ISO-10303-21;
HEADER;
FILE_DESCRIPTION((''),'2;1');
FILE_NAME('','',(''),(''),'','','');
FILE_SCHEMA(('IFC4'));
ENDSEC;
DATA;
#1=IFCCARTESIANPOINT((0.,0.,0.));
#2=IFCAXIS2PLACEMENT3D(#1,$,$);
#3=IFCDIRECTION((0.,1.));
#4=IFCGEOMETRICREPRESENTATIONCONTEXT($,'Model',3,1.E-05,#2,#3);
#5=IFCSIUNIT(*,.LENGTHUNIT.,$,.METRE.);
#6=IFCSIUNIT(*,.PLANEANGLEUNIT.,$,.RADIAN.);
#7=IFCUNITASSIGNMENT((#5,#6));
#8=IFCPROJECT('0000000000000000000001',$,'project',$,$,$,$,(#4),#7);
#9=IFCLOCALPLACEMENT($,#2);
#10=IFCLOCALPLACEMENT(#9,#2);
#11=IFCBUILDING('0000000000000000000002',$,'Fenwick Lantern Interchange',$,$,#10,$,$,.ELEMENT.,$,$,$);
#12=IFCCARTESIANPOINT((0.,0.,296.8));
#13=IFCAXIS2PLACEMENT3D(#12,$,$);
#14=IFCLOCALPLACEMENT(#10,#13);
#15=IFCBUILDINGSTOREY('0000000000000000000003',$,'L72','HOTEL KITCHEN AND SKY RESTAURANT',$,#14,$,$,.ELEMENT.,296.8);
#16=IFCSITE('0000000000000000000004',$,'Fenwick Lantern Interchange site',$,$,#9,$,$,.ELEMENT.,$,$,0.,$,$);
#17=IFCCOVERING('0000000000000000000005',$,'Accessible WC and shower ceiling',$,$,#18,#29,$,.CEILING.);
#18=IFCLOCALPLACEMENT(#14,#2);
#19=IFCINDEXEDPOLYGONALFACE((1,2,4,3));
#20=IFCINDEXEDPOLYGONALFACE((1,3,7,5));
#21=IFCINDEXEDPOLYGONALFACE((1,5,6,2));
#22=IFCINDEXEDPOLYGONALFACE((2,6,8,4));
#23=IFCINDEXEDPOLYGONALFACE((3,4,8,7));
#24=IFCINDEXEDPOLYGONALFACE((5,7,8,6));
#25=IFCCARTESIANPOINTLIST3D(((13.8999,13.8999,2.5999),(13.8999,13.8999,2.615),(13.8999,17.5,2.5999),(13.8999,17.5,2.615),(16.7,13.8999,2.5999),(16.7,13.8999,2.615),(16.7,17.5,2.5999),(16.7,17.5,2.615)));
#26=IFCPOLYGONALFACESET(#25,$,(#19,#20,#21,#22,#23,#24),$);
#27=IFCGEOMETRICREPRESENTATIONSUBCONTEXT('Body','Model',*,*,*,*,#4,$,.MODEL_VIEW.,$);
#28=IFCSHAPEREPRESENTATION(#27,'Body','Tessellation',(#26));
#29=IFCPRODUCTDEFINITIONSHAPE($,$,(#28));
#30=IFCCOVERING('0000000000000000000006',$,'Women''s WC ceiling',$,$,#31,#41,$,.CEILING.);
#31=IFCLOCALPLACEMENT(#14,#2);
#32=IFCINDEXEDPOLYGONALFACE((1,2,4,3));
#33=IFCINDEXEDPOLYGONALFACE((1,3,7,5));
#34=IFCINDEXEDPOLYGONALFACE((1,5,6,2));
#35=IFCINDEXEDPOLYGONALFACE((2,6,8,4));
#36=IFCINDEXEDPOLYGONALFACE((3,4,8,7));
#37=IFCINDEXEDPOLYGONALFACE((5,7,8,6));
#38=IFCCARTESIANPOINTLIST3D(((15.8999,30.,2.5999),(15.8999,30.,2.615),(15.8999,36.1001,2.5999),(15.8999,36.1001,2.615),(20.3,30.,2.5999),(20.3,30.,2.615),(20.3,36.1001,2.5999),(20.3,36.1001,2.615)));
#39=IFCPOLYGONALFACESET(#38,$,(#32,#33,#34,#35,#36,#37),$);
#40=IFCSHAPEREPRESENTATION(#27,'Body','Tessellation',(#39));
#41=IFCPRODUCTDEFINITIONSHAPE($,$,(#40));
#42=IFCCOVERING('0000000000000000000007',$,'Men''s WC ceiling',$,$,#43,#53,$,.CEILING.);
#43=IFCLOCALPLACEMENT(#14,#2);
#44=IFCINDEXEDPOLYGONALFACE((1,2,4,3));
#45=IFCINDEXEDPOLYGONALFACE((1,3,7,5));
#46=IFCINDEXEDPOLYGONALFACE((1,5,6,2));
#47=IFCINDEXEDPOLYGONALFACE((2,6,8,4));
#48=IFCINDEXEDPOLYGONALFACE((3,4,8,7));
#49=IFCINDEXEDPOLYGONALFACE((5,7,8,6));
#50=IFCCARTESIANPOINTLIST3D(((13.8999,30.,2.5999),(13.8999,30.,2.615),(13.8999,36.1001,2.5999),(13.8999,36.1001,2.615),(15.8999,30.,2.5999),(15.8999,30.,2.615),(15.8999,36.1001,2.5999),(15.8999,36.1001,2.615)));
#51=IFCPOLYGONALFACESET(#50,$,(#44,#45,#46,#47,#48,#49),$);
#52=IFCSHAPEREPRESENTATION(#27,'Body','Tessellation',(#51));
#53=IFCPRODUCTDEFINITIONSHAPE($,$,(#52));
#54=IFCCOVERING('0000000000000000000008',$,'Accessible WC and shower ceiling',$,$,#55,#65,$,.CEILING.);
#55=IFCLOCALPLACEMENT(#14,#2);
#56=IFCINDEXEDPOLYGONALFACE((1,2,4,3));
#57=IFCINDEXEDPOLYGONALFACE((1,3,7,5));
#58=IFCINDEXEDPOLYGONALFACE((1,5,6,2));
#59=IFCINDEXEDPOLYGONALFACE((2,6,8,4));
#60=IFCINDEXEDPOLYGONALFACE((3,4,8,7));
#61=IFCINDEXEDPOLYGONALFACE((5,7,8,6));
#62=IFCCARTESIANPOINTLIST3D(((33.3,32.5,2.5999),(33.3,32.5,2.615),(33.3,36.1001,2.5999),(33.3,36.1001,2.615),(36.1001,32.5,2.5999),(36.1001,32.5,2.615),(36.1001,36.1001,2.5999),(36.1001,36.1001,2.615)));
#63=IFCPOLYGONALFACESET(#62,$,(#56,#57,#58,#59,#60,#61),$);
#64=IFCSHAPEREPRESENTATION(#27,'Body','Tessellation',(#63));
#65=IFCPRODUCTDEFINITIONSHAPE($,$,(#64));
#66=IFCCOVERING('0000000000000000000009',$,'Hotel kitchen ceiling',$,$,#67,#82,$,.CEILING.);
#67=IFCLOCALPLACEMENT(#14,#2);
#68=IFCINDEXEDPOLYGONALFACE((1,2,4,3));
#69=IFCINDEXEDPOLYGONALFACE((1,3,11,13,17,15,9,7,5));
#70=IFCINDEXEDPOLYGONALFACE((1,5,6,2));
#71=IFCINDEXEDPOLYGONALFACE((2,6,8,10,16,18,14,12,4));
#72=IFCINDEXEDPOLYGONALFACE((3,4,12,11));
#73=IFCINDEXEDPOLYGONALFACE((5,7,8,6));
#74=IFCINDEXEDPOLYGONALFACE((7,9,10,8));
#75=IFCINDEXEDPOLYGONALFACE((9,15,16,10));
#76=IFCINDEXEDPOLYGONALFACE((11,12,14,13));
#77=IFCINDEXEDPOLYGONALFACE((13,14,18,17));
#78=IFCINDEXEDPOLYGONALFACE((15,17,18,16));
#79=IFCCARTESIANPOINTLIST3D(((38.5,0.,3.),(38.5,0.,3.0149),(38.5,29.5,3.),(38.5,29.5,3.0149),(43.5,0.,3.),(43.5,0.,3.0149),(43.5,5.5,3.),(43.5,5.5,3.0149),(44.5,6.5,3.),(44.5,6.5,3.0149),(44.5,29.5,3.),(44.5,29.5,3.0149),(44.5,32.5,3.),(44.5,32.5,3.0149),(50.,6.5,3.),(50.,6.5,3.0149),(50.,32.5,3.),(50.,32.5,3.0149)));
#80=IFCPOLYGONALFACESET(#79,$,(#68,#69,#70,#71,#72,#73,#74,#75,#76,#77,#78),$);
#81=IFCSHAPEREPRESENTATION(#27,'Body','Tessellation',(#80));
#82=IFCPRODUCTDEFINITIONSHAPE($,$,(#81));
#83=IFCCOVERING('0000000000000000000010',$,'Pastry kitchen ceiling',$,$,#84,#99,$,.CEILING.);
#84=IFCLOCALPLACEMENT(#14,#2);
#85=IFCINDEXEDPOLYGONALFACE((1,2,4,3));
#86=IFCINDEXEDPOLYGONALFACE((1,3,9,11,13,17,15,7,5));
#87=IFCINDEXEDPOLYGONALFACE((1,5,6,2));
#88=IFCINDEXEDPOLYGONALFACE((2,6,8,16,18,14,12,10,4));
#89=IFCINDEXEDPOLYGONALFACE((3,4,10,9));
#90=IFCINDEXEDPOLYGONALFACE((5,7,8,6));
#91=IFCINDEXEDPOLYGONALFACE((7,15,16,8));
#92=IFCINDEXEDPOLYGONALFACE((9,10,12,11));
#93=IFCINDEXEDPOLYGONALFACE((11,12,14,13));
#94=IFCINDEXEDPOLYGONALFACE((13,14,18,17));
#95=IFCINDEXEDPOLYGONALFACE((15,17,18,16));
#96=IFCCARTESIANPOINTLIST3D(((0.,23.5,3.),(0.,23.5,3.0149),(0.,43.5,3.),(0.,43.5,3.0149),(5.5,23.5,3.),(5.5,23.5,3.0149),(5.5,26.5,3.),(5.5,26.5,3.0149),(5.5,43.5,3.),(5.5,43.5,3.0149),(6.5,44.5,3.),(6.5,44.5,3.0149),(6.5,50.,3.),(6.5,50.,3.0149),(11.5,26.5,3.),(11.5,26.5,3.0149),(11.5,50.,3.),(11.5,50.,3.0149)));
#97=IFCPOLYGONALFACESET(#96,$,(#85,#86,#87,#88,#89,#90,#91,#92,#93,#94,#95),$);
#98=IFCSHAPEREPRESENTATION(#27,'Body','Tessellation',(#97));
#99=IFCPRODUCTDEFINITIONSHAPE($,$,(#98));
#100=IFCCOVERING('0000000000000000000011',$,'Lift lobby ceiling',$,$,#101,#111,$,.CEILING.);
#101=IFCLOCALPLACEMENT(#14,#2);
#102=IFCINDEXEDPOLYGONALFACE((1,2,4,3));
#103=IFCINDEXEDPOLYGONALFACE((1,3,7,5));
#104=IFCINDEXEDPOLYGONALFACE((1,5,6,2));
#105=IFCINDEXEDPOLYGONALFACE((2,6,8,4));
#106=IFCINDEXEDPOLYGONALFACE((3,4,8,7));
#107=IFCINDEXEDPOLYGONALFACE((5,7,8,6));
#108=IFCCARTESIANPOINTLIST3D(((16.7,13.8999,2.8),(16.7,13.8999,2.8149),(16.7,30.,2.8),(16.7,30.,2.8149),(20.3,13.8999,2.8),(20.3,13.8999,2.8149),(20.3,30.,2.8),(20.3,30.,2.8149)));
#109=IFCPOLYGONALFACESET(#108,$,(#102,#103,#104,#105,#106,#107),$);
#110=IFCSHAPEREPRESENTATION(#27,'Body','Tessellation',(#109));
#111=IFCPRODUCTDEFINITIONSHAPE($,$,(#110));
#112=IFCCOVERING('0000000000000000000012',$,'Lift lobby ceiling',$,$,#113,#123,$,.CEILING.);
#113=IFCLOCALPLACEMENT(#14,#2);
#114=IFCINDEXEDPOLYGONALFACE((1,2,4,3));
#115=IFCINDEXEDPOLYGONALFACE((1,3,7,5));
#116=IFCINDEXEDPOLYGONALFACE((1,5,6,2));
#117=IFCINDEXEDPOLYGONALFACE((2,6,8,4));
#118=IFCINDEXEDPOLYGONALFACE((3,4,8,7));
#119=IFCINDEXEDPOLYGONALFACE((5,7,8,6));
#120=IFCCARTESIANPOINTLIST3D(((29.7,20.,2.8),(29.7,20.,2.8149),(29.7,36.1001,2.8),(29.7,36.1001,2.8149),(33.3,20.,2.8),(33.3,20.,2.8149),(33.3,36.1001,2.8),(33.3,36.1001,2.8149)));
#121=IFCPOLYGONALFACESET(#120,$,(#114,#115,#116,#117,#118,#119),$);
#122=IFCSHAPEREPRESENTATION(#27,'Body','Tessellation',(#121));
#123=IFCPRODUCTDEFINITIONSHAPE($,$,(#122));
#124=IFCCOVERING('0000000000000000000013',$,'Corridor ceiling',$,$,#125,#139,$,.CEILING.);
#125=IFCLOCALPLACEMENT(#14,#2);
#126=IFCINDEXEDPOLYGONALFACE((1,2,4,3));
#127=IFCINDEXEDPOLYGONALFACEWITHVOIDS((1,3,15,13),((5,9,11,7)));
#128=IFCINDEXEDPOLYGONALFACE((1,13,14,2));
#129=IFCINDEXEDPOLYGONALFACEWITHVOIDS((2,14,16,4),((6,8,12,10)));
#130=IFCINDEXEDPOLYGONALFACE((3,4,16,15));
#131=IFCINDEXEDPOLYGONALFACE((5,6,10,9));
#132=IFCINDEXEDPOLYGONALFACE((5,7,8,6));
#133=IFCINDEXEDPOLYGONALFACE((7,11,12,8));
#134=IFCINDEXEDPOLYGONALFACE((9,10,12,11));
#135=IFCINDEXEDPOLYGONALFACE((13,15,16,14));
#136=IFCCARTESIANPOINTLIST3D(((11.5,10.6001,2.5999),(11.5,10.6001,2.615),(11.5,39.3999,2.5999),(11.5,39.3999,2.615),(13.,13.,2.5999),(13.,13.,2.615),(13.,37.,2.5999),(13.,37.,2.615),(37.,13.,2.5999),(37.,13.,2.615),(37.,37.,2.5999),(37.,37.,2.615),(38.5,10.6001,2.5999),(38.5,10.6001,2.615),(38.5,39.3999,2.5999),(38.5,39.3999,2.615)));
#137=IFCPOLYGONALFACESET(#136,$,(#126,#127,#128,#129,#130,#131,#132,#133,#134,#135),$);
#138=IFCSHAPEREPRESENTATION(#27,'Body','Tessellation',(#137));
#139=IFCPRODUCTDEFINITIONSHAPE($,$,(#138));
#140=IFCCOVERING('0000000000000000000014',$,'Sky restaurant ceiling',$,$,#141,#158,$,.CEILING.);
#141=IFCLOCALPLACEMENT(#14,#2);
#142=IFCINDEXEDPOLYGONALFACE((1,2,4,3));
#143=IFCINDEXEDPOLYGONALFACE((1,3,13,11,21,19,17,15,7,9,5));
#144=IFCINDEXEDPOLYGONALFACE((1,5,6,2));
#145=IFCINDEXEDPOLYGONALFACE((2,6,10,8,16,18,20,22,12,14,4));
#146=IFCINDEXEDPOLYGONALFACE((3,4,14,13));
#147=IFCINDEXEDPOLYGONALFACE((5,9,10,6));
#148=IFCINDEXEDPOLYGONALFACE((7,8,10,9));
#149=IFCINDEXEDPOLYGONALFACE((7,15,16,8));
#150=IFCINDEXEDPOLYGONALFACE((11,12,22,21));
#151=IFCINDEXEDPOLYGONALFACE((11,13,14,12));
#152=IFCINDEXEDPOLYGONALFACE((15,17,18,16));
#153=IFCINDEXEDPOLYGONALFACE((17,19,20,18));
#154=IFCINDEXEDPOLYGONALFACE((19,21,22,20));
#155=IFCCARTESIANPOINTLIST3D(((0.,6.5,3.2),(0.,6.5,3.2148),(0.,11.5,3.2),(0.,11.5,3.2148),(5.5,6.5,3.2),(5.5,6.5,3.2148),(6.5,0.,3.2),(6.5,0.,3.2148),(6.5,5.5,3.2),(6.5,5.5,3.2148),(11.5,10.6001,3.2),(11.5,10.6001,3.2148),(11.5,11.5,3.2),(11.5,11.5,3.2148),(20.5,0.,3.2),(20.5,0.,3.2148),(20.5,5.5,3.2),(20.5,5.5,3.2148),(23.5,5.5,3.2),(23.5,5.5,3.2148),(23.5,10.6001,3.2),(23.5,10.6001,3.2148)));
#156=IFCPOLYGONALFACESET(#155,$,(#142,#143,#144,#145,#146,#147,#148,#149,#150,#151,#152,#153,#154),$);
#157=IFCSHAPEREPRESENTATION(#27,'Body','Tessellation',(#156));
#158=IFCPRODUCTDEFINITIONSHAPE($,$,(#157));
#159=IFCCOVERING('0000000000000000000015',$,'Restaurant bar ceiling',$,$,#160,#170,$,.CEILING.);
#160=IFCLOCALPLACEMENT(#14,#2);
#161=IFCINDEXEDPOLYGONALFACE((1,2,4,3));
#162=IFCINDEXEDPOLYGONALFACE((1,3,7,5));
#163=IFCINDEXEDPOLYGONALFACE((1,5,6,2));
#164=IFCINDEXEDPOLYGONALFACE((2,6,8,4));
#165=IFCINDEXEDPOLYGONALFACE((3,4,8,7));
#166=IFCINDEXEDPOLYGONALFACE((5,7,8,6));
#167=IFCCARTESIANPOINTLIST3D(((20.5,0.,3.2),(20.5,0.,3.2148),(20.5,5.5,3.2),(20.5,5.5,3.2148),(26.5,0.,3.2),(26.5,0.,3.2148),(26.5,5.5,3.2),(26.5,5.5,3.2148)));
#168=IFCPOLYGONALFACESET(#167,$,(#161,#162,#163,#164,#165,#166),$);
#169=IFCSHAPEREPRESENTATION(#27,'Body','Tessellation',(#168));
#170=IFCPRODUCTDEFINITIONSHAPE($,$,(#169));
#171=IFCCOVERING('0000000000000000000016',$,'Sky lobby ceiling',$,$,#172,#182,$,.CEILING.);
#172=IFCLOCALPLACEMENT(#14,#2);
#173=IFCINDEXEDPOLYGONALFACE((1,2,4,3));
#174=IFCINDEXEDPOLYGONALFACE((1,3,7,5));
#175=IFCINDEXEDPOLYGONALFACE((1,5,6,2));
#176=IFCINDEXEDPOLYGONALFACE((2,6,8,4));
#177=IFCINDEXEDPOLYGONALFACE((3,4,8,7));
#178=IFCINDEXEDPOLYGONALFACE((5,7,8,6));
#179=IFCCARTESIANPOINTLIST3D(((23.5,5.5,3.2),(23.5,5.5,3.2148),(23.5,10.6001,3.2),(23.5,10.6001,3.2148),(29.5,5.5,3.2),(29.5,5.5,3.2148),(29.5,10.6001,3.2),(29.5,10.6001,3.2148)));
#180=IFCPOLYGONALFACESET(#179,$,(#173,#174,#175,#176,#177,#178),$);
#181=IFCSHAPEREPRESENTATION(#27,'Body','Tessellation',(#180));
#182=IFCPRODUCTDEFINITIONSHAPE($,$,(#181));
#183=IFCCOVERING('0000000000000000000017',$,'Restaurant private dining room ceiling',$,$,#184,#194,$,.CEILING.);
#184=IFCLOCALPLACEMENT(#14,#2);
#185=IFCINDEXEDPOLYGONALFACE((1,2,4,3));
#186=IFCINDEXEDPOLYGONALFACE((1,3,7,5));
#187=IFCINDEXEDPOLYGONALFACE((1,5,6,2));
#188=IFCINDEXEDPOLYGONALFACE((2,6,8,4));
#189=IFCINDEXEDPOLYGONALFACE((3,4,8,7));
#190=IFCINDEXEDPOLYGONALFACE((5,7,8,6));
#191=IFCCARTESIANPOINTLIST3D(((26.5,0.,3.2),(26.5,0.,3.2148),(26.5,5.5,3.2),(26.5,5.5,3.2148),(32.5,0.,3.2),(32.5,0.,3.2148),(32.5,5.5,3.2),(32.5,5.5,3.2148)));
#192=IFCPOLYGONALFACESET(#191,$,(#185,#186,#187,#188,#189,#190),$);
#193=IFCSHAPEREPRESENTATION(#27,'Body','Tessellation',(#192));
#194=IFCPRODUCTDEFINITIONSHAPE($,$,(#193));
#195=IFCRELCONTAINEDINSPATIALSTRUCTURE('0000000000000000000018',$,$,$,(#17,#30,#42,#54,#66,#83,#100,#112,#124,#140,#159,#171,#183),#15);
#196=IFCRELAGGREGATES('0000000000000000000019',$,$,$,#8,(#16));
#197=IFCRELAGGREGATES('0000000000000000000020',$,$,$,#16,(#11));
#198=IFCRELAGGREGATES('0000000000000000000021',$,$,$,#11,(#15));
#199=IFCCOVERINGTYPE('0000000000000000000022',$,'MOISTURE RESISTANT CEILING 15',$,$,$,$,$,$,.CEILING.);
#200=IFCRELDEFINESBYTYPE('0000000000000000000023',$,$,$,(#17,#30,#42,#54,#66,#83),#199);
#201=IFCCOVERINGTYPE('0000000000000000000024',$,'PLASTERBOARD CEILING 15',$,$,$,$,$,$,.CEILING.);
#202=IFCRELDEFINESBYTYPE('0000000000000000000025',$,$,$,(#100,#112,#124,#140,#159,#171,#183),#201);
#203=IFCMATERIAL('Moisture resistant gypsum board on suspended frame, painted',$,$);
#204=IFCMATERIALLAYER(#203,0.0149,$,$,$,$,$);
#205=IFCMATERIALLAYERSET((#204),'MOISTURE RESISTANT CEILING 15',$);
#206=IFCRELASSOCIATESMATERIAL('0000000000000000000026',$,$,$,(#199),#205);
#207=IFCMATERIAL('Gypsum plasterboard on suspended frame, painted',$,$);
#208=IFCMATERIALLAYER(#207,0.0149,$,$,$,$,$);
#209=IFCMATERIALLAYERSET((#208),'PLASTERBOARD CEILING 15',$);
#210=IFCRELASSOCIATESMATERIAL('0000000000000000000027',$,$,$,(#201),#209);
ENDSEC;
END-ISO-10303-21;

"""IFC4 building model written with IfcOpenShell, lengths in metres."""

from ifc_helpers import new_model, si_unit, direction, frame, origin, place, context, subcontext, project, spatial, polyline, outline, extrude, material, layer, layer_set, type_object, element, save


model = new_model("IFC4")

# Units and contexts
model_context = context("Model", 3, precision=1e-05, world=origin(), true_north=direction((0.0, 1.0)))
body_context = subcontext(model_context, "Body", "Model", "MODEL_VIEW")
ifc_project = project(units=[si_unit("LENGTHUNIT", "METRE"), si_unit("PLANEANGLEUNIT", "RADIAN")], contexts=[model_context])

# Site, building, storey
site_placement = place(None, origin())
site = spatial("IfcSite", under=ifc_project, at=site_placement, Name="Fenwick Lantern Interchange site", CompositionType="ELEMENT", RefElevation=0.0)
building_placement = place(site_placement, origin())
building = spatial("IfcBuilding", under=site, at=building_placement, Name="Fenwick Lantern Interchange", CompositionType="ELEMENT")
storey_placement = place(building_placement, frame((0.0, 0.0, 296.8)))
storey = spatial("IfcBuildingStorey", under=building, at=storey_placement, Name="L72", Description="HOTEL KITCHEN AND SKY RESTAURANT", CompositionType="ELEMENT", Elevation=296.8)

# Coverings
ifc_material_1 = material(Name="Moisture resistant gypsum board on suspended frame, painted")
ifc_layer_1 = layer(ifc_material_1, 0.0149)
ifc_layer_set_1 = layer_set([ifc_layer_1], Name="MOISTURE RESISTANT CEILING 15")
covering_type_1 = type_object("IfcCoveringType", Name="MOISTURE RESISTANT CEILING 15", PredefinedType="CEILING", material=ifc_layer_set_1)
covering_1_placement = place(storey_placement, frame((0.0, 0.0, 2.5999)))
element("IfcCovering", 1, at=covering_1_placement, inside=storey, type_object=covering_type_1, Name="Accessible WC and shower ceiling", PredefinedType="CEILING", context=body_context, shape_type="SweptSolid", body=[
    extrude(outline(polyline([(13.8999, 13.8999), (16.7, 13.8999), (16.7, 17.5), (13.8999, 17.5), (13.8999, 13.8999)])), origin(), (0.0, 0.0, 1.0), 0.0151),
])
covering_2_placement = place(storey_placement, frame((0.0, 0.0, 2.5999)))
element("IfcCovering", 2, at=covering_2_placement, inside=storey, type_object=covering_type_1, Name="Women's WC ceiling", PredefinedType="CEILING", context=body_context, shape_type="SweptSolid", body=[
    extrude(outline(polyline([(20.3, 36.1001), (15.8999, 36.1001), (15.8999, 30.0), (20.3, 30.0), (20.3, 36.1001)])), origin(), (0.0, 0.0, 1.0), 0.0151),
])
covering_3_placement = place(storey_placement, frame((0.0, 0.0, 2.5999)))
element("IfcCovering", 3, at=covering_3_placement, inside=storey, type_object=covering_type_1, Name="Men's WC ceiling", PredefinedType="CEILING", context=body_context, shape_type="SweptSolid", body=[
    extrude(outline(polyline([(15.8999, 36.1001), (13.8999, 36.1001), (13.8999, 30.0), (15.8999, 30.0), (15.8999, 36.1001)])), origin(), (0.0, 0.0, 1.0), 0.0151),
])
covering_4_placement = place(storey_placement, frame((0.0, 0.0, 2.5999)))
element("IfcCovering", 4, at=covering_4_placement, inside=storey, type_object=covering_type_1, Name="Accessible WC and shower ceiling", PredefinedType="CEILING", context=body_context, shape_type="SweptSolid", body=[
    extrude(outline(polyline([(36.1001, 36.1001), (33.3, 36.1001), (33.3, 32.5), (36.1001, 32.5), (36.1001, 36.1001)])), origin(), (0.0, 0.0, 1.0), 0.0151),
])
covering_5_placement = place(storey_placement, frame((0.0, 0.0, 3.0)))
element("IfcCovering", 5, at=covering_5_placement, inside=storey, type_object=covering_type_1, Name="Hotel kitchen ceiling", PredefinedType="CEILING", context=body_context, shape_type="SweptSolid", body=[
    extrude(outline(polyline([(44.5, 32.5), (44.5, 29.5), (38.5, 29.5), (38.5, 0.0), (43.5, 0.0), (43.5, 5.5), (44.5, 6.5), (50.0, 6.5), (50.0, 32.5), (44.5, 32.5)])), origin(), (0.0, 0.0, 1.0), 0.0149),
])
covering_6_placement = place(storey_placement, frame((0.0, 0.0, 3.0)))
element("IfcCovering", 6, at=covering_6_placement, inside=storey, type_object=covering_type_1, Name="Pastry kitchen ceiling", PredefinedType="CEILING", context=body_context, shape_type="SweptSolid", body=[
    extrude(outline(polyline([(0.0, 43.5), (0.0, 23.5), (5.5, 23.5), (5.5, 26.5), (11.5, 26.5), (11.5, 50.0), (6.5, 50.0), (6.5, 44.5), (5.5, 43.5), (0.0, 43.5)])), origin(), (0.0, 0.0, 1.0), 0.0149),
])
ifc_material_2 = material(Name="Gypsum plasterboard on suspended frame, painted")
ifc_layer_2 = layer(ifc_material_2, 0.0149)
ifc_layer_set_2 = layer_set([ifc_layer_2], Name="PLASTERBOARD CEILING 15")
covering_type_2 = type_object("IfcCoveringType", Name="PLASTERBOARD CEILING 15", PredefinedType="CEILING", material=ifc_layer_set_2)
covering_7_placement = place(storey_placement, frame((0.0, 0.0, 2.8)))
element("IfcCovering", 7, at=covering_7_placement, inside=storey, type_object=covering_type_2, Name="Lift lobby ceiling", PredefinedType="CEILING", context=body_context, shape_type="SweptSolid", body=[
    extrude(outline(polyline([(16.7, 13.8999), (20.3, 13.8999), (20.3, 30.0), (16.7, 30.0), (16.7, 13.8999)])), origin(), (0.0, 0.0, 1.0), 0.0149),
])
covering_8_placement = place(storey_placement, frame((0.0, 0.0, 2.8)))
element("IfcCovering", 8, at=covering_8_placement, inside=storey, type_object=covering_type_2, Name="Lift lobby ceiling", PredefinedType="CEILING", context=body_context, shape_type="SweptSolid", body=[
    extrude(outline(polyline([(33.3, 36.1001), (29.7, 36.1001), (29.7, 20.0), (33.3, 20.0), (33.3, 36.1001)])), origin(), (0.0, 0.0, 1.0), 0.0149),
])
covering_9_placement = place(storey_placement, frame((0.0, 0.0, 2.5999)))
element("IfcCovering", 9, at=covering_9_placement, inside=storey, type_object=covering_type_2, Name="Corridor ceiling", PredefinedType="CEILING", context=body_context, shape_type="SweptSolid", body=[
    extrude(outline(polyline([(38.5, 10.6001), (38.5, 39.3999), (11.5, 39.3999), (11.5, 10.6001), (38.5, 10.6001)]), holes=[polyline([(13.0, 37.0), (37.0, 37.0), (37.0, 13.0), (13.0, 13.0), (13.0, 37.0)])]), origin(), (0.0, 0.0, 1.0), 0.0151),
])
covering_10_placement = place(storey_placement, frame((0.0, 0.0, 3.2)))
element("IfcCovering", 10, at=covering_10_placement, inside=storey, type_object=covering_type_2, Name="Sky restaurant ceiling", PredefinedType="CEILING", context=body_context, shape_type="SweptSolid", body=[
    extrude(outline(polyline([(20.5, 0.0), (20.5, 5.5), (23.5, 5.5), (23.5, 10.6001), (11.5, 10.6001), (11.5, 11.5), (0.0, 11.5), (0.0, 6.5), (5.5, 6.5), (6.5, 5.5), (6.5, 0.0), (20.5, 0.0)])), origin(), (0.0, 0.0, 1.0), 0.0149),
])
covering_11_placement = place(storey_placement, frame((0.0, 0.0, 3.2)))
element("IfcCovering", 11, at=covering_11_placement, inside=storey, type_object=covering_type_2, Name="Restaurant bar ceiling", PredefinedType="CEILING", context=body_context, shape_type="SweptSolid", body=[
    extrude(outline(polyline([(20.5, 0.0), (26.5, 0.0), (26.5, 5.5), (20.5, 5.5), (20.5, 0.0)])), origin(), (0.0, 0.0, 1.0), 0.0149),
])
covering_12_placement = place(storey_placement, frame((0.0, 0.0, 3.2)))
element("IfcCovering", 12, at=covering_12_placement, inside=storey, type_object=covering_type_2, Name="Sky lobby ceiling", PredefinedType="CEILING", context=body_context, shape_type="SweptSolid", body=[
    extrude(outline(polyline([(23.5, 5.5), (29.5, 5.5), (29.5, 10.6001), (23.5, 10.6001), (23.5, 5.5)])), origin(), (0.0, 0.0, 1.0), 0.0149),
])
covering_13_placement = place(storey_placement, frame((0.0, 0.0, 3.2)))
element("IfcCovering", 13, at=covering_13_placement, inside=storey, type_object=covering_type_2, Name="Restaurant private dining room ceiling", PredefinedType="CEILING", context=body_context, shape_type="SweptSolid", body=[
    extrude(outline(polyline([(26.5, 0.0), (32.5, 0.0), (32.5, 5.5), (26.5, 5.5), (26.5, 0.0)])), origin(), (0.0, 0.0, 1.0), 0.0149),
])

save(model, "model.ifc")
